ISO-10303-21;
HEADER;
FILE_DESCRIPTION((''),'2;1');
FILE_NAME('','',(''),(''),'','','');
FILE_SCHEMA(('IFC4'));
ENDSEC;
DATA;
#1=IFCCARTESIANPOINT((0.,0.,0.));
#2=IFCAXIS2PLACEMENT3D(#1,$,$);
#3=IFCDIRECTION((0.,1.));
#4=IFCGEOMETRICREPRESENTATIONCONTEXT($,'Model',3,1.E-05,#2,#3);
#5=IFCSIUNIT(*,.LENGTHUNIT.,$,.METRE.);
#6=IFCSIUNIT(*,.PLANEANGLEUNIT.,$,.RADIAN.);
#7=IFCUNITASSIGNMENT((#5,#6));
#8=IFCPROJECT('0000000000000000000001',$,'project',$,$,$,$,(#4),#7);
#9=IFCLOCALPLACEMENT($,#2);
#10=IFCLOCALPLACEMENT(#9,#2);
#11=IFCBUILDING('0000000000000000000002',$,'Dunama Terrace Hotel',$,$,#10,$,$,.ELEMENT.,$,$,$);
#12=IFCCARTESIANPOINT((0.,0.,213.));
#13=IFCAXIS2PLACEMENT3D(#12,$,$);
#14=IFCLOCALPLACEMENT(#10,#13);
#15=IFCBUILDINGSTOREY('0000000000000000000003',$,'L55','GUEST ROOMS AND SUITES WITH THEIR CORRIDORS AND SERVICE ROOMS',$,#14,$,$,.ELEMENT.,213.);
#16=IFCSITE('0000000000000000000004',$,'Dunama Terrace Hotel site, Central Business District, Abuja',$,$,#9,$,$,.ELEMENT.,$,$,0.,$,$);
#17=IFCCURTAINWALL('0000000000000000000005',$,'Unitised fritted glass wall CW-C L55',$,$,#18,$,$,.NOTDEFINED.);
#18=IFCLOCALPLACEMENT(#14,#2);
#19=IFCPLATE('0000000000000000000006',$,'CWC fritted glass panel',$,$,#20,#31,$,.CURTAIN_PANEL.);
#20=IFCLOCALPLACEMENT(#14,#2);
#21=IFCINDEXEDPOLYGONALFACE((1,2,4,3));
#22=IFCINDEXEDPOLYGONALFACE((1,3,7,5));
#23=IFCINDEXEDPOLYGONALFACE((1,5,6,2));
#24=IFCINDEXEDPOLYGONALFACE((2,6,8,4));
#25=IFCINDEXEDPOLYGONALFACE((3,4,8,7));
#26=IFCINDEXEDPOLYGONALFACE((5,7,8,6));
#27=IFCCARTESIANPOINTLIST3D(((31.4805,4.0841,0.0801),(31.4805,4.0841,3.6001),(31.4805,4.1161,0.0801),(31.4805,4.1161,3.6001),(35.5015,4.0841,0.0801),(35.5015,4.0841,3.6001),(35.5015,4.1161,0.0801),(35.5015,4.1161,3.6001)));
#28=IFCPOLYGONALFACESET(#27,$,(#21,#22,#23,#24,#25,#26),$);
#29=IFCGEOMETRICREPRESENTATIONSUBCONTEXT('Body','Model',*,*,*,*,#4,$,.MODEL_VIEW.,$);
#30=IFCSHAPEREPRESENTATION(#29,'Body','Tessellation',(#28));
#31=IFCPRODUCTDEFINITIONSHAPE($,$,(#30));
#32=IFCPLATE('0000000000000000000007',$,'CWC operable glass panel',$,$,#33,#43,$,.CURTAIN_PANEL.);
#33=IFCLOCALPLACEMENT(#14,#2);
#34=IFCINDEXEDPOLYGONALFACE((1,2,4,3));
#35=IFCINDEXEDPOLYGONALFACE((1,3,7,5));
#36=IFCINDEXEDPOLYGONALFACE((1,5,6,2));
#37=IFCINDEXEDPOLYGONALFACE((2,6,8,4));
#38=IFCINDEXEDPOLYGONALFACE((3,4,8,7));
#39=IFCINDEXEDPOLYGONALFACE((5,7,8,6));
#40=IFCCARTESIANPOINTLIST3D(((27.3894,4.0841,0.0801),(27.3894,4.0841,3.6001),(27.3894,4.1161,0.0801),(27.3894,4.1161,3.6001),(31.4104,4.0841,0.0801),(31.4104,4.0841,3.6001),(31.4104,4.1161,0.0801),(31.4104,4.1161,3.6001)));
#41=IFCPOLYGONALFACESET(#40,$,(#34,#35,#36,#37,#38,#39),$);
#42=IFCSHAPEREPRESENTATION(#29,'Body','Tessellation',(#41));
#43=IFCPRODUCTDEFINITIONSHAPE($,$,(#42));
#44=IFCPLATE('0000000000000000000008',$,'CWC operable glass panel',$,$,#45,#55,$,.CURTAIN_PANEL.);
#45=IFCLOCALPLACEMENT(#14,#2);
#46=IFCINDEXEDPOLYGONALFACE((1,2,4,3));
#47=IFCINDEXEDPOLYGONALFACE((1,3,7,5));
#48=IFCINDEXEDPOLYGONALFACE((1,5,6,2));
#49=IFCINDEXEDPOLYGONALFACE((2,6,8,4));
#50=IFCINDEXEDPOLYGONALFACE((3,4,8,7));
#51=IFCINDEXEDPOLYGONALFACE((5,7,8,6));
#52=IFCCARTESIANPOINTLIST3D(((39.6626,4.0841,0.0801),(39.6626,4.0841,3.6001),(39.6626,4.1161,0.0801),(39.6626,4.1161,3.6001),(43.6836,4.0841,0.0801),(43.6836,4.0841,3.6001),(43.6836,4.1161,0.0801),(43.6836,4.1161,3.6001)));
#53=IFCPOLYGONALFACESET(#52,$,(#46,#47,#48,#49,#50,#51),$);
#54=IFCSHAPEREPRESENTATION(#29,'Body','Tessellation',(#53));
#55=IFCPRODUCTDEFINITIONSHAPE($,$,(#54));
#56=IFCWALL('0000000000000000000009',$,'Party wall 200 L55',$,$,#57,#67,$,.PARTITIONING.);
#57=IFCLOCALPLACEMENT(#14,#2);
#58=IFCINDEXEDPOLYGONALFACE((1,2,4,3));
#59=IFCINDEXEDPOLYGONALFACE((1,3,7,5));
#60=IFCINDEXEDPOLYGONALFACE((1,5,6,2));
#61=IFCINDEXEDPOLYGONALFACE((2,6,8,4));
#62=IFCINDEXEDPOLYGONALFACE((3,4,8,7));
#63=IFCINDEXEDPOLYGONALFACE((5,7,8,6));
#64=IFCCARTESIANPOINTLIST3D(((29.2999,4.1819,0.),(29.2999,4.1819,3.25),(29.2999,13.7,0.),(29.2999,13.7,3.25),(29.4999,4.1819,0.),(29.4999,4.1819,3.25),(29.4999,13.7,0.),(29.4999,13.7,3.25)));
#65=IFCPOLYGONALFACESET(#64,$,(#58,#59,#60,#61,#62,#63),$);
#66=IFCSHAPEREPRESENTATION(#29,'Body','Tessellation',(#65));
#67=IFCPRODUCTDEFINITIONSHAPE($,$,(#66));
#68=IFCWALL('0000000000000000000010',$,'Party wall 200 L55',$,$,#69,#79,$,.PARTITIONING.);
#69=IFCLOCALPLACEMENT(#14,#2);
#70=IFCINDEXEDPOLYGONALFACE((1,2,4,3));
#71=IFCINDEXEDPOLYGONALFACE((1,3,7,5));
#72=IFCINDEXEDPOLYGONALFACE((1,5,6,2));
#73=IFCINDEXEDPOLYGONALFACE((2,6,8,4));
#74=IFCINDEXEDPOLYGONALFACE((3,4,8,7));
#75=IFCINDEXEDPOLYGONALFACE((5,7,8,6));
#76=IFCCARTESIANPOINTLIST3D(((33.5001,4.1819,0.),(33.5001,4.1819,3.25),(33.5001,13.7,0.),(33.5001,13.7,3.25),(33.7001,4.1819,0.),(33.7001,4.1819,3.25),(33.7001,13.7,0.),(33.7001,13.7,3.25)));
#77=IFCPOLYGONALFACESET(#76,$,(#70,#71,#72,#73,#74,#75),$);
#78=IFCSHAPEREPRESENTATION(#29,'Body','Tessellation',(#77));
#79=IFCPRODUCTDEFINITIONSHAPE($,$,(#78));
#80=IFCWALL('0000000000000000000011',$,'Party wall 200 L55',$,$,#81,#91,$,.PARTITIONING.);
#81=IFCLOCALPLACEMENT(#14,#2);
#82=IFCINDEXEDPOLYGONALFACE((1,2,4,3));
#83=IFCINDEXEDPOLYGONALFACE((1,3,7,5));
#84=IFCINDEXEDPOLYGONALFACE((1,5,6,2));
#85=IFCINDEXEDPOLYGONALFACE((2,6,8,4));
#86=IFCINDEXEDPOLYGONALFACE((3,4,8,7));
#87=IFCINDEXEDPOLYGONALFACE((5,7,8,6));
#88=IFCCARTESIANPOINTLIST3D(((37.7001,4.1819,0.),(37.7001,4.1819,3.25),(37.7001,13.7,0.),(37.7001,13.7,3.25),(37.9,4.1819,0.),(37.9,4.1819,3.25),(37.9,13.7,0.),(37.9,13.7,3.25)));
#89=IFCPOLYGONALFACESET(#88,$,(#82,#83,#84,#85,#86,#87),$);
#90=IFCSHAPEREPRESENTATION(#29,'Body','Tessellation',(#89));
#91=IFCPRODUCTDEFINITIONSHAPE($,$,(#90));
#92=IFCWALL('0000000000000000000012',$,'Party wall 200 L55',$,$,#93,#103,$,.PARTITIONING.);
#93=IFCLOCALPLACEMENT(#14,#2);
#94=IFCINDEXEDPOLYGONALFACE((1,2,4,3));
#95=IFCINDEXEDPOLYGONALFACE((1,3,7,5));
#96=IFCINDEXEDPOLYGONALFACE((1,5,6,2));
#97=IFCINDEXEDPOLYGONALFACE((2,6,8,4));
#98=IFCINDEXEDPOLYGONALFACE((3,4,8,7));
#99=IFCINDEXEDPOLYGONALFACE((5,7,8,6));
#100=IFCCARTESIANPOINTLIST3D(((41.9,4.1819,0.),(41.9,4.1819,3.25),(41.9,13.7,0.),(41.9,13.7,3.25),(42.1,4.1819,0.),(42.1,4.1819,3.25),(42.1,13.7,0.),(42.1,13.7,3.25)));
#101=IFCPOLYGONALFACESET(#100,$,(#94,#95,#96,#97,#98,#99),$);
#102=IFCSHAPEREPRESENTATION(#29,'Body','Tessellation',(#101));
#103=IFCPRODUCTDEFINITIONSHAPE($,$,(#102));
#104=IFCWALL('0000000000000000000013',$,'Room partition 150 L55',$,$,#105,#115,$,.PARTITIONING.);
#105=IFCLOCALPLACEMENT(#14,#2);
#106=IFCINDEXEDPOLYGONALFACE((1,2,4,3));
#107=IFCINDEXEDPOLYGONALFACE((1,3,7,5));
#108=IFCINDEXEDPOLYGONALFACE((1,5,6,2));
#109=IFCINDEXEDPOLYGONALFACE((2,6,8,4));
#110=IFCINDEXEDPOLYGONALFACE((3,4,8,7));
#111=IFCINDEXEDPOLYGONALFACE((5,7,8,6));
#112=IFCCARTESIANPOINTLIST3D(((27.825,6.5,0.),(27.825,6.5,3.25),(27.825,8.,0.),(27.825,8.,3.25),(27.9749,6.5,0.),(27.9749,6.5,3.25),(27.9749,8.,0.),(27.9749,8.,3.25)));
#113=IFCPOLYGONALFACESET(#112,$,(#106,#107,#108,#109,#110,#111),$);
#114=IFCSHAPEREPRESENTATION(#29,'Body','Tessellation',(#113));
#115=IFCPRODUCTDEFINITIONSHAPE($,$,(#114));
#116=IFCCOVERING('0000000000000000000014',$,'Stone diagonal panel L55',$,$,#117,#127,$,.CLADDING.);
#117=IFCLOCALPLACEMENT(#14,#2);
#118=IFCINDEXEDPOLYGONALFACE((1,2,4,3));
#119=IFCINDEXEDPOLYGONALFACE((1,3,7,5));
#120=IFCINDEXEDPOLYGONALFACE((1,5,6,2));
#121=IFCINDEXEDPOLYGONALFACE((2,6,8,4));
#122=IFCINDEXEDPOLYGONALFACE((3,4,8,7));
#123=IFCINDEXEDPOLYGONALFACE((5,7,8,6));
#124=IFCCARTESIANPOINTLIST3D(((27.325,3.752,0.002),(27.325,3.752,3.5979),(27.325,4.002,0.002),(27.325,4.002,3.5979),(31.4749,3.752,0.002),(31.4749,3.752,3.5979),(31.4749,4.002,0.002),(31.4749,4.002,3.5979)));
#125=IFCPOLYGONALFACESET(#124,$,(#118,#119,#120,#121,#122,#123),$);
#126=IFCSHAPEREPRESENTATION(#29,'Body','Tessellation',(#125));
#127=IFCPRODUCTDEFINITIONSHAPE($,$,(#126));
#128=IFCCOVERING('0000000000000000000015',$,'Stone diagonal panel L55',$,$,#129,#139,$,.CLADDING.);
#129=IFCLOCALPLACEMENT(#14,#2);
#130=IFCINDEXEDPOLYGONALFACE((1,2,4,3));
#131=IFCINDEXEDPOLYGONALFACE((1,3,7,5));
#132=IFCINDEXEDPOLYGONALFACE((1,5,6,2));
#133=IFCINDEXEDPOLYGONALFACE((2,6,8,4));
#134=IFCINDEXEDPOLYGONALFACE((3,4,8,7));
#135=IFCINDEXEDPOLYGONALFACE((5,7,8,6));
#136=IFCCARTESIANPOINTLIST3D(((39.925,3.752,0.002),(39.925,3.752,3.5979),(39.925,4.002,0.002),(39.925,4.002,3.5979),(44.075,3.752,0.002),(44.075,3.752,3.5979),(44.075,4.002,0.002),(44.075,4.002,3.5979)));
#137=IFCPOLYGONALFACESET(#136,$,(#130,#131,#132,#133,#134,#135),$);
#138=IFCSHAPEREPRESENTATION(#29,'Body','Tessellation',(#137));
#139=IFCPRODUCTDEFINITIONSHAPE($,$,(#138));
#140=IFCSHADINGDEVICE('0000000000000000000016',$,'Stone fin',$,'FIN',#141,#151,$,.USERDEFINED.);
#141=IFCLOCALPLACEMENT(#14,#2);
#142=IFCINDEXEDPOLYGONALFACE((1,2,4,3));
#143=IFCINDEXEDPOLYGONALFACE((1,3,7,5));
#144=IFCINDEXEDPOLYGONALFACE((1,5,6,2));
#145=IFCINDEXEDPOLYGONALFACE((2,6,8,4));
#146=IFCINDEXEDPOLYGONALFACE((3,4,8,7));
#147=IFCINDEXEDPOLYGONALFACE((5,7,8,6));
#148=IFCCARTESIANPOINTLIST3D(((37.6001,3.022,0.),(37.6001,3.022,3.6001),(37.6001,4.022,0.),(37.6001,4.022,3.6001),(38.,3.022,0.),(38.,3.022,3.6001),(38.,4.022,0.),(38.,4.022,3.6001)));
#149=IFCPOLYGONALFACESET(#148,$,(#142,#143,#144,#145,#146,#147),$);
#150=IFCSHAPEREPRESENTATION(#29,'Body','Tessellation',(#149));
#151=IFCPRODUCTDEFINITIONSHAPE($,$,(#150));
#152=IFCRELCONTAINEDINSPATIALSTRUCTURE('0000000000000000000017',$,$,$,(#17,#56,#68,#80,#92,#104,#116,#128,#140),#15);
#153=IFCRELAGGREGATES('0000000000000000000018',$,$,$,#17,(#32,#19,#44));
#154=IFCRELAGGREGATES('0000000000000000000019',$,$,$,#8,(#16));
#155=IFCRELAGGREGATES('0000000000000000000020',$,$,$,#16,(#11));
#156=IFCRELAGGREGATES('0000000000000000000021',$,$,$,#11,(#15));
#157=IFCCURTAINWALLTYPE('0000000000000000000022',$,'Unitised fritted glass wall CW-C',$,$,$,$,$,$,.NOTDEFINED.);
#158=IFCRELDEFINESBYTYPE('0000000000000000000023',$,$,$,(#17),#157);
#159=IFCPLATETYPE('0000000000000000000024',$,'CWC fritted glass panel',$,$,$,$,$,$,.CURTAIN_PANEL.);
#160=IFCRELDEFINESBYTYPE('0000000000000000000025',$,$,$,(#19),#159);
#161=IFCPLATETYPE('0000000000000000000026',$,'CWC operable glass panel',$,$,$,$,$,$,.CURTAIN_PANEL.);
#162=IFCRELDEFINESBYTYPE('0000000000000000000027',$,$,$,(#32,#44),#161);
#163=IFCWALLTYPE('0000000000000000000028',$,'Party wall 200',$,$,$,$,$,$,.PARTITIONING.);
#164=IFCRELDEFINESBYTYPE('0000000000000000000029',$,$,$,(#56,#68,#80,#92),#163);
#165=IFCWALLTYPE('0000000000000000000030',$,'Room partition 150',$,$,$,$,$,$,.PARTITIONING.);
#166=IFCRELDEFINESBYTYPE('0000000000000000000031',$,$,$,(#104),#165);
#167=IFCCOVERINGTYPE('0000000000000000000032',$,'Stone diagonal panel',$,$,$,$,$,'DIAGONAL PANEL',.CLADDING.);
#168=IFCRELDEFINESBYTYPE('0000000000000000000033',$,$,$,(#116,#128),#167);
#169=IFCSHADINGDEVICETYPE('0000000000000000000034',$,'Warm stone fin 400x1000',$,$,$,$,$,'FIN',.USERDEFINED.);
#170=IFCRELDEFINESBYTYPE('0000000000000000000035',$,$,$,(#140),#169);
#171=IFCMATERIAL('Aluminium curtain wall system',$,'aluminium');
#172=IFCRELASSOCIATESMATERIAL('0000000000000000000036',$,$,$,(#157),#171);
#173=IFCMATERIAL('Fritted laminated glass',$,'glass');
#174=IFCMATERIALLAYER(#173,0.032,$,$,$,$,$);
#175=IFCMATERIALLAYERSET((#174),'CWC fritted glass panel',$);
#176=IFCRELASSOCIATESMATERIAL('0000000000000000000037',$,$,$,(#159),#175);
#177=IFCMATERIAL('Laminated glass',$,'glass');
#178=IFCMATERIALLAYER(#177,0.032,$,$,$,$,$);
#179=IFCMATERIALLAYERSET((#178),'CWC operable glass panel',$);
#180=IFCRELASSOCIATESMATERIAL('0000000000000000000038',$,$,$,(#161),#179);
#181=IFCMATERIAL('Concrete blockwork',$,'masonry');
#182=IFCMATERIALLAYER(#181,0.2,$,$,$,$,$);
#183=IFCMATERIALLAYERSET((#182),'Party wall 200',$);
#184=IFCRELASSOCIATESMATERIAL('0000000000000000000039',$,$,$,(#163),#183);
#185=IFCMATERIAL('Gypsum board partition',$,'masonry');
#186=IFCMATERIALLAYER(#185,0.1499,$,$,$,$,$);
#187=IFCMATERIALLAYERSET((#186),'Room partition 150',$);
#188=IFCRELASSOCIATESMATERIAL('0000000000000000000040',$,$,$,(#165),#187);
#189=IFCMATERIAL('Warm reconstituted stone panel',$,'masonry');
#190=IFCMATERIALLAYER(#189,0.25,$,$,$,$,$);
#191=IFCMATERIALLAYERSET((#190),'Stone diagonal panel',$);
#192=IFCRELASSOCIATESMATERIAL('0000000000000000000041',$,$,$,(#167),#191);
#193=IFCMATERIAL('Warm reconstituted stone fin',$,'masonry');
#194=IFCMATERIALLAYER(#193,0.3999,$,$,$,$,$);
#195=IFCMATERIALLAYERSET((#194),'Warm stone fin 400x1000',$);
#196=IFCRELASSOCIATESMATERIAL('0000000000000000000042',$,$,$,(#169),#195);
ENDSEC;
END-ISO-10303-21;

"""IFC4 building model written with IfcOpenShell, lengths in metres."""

from ifc_helpers import new_model, si_unit, direction, frame, frame_2d, origin, origin_2d, place, context, subcontext, project, spatial, rectangle, extrude, material, layer, layer_set, type_object, element, aggregate, save


model = new_model("IFC4")

# Units and contexts
model_context = context("Model", 3, precision=1e-05, world=origin(), true_north=direction((0.0, 1.0)))
body_context = subcontext(model_context, "Body", "Model", "MODEL_VIEW")
ifc_project = project(units=[si_unit("LENGTHUNIT", "METRE"), si_unit("PLANEANGLEUNIT", "RADIAN")], contexts=[model_context])

# Site, building, storey
site_placement = place(None, origin())
site = spatial("IfcSite", under=ifc_project, at=site_placement, Name="Dunama Terrace Hotel site, Central Business District, Abuja", CompositionType="ELEMENT", RefElevation=0.0)
building_placement = place(site_placement, origin())
building = spatial("IfcBuilding", under=site, at=building_placement, Name="Dunama Terrace Hotel", CompositionType="ELEMENT")
storey_placement = place(building_placement, frame((0.0, 0.0, 213.0)))
storey = spatial("IfcBuildingStorey", under=building, at=storey_placement, Name="L55", Description="GUEST ROOMS AND SUITES WITH THEIR CORRIDORS AND SERVICE ROOMS", CompositionType="ELEMENT", Elevation=213.0)

# Curtain wall
ifc_material_1 = material(Name="Aluminium curtain wall system", Category="aluminium")
curtain_wall_type = type_object("IfcCurtainWallType", Name="Unitised fritted glass wall CW-C", PredefinedType="NOTDEFINED", material=ifc_material_1)
curtain_wall_placement = place(storey_placement, origin())
curtain_wall = element("IfcCurtainWall", 1, at=curtain_wall_placement, inside=storey, type_object=curtain_wall_type, Name="Unitised fritted glass wall CW-C L55", PredefinedType="NOTDEFINED")

# Plates
ifc_material_2 = material(Name="Fritted laminated glass", Category="glass")
ifc_layer_1 = layer(ifc_material_2, 0.032)
ifc_layer_set_1 = layer_set([ifc_layer_1], Name="CWC fritted glass panel")
plate_type_1 = type_object("IfcPlateType", Name="CWC fritted glass panel", PredefinedType="CURTAIN_PANEL", material=ifc_layer_set_1)
plate_1_placement = place(storey_placement, frame((33.491, 4.1001, 0.0801), z_axis=(0.0, 0.0, 1.0), x_axis=(1.0, 0.0, 0.0)))
plate_1 = element("IfcPlate", 2, at=plate_1_placement, type_object=plate_type_1, Name="CWC fritted glass panel", PredefinedType="CURTAIN_PANEL", context=body_context, shape_type="SweptSolid", body=[
    extrude(rectangle(XDim=4.021, YDim=0.032, at=origin_2d()), origin(), (0.0, 0.0, 1.0), 3.52),
])
ifc_material_3 = material(Name="Laminated glass", Category="glass")
ifc_layer_2 = layer(ifc_material_3, 0.032)
ifc_layer_set_2 = layer_set([ifc_layer_2], Name="CWC operable glass panel")
plate_type_2 = type_object("IfcPlateType", Name="CWC operable glass panel", PredefinedType="CURTAIN_PANEL", material=ifc_layer_set_2)
plate_2_placement = place(storey_placement, frame((29.3999, 4.1001, 0.0801), z_axis=(0.0, 0.0, 1.0), x_axis=(1.0, 0.0, 0.0)))
plate_2 = element("IfcPlate", 3, at=plate_2_placement, type_object=plate_type_2, Name="CWC operable glass panel", PredefinedType="CURTAIN_PANEL", context=body_context, shape_type="SweptSolid", body=[
    extrude(rectangle(XDim=4.021, YDim=0.032, at=origin_2d()), origin(), (0.0, 0.0, 1.0), 3.52),
])
plate_3_placement = place(storey_placement, frame((41.6731, 4.1001, 0.0801), z_axis=(0.0, 0.0, 1.0), x_axis=(1.0, 0.0, 0.0)))
plate_3 = element("IfcPlate", 4, at=plate_3_placement, type_object=plate_type_2, Name="CWC operable glass panel", PredefinedType="CURTAIN_PANEL", context=body_context, shape_type="SweptSolid", body=[
    extrude(rectangle(XDim=4.021, YDim=0.032, at=origin_2d()), origin(), (0.0, 0.0, 1.0), 3.52),
])
aggregate(curtain_wall, [plate_2, plate_1, plate_3])

# Walls
ifc_material_4 = material(Name="Concrete blockwork", Category="masonry")
ifc_layer_3 = layer(ifc_material_4, 0.2)
ifc_layer_set_3 = layer_set([ifc_layer_3], Name="Party wall 200")
wall_type_1 = type_object("IfcWallType", Name="Party wall 200", PredefinedType="PARTITIONING", material=ifc_layer_set_3)
for number, where, z_axis, x_axis, name in (
    (5, (29.3999, 4.1819, 0.0), (0.0, 0.0, 1.0), (0.0, 1.0, 0.0), "Party wall 200 L55"),
    (6, (33.6001, 4.1819, 0.0), (0.0, 0.0, 1.0), (0.0, 1.0, 0.0), "Party wall 200 L55"),
    (7, (37.8, 4.1819, 0.0), (0.0, 0.0, 1.0), (0.0, 1.0, 0.0), "Party wall 200 L55"),
    (8, (42.0, 4.1819, 0.0), (0.0, 0.0, 1.0), (0.0, 1.0, 0.0), "Party wall 200 L55"),
):
    element("IfcWall", number, at=place(storey_placement, frame(where, z_axis=z_axis, x_axis=x_axis)), inside=storey, type_object=wall_type_1, Name=name, PredefinedType="PARTITIONING", context=body_context, shape_type="SweptSolid", body=[
        extrude(rectangle(XDim=9.5181, YDim=0.2, at=frame_2d((4.759, 0.0))), origin(), (0.0, 0.0, 1.0), 3.25),
    ])
ifc_material_5 = material(Name="Gypsum board partition", Category="masonry")
ifc_layer_4 = layer(ifc_material_5, 0.1499)
ifc_layer_set_4 = layer_set([ifc_layer_4], Name="Room partition 150")
wall_type_2 = type_object("IfcWallType", Name="Room partition 150", PredefinedType="PARTITIONING", material=ifc_layer_set_4)
wall_placement = place(storey_placement, frame((27.8999, 6.5, 0.0), z_axis=(0.0, 0.0, 1.0), x_axis=(0.0, 1.0, 0.0)))
element("IfcWall", 9, at=wall_placement, inside=storey, type_object=wall_type_2, Name="Room partition 150 L55", PredefinedType="PARTITIONING", context=body_context, shape_type="SweptSolid", body=[
    extrude(rectangle(XDim=1.5, YDim=0.1499, at=frame_2d((0.75, 0.0))), origin(), (0.0, 0.0, 1.0), 3.25),
])

# Coverings
ifc_material_6 = material(Name="Warm reconstituted stone panel", Category="masonry")
ifc_layer_5 = layer(ifc_material_6, 0.25)
ifc_layer_set_5 = layer_set([ifc_layer_5], Name="Stone diagonal panel")
covering_type = type_object("IfcCoveringType", Name="Stone diagonal panel", ElementType="DIAGONAL PANEL", PredefinedType="CLADDING", material=ifc_layer_set_5)
for number, where, z_axis, x_axis, name in (
    (10, (29.3999, 3.877, 0.002), (0.0, 0.0, 1.0), (1.0, 0.0, 0.0), "Stone diagonal panel L55"),
    (11, (42.0, 3.877, 0.002), (0.0, 0.0, 1.0), (1.0, 0.0, 0.0), "Stone diagonal panel L55"),
):
    element("IfcCovering", number, at=place(storey_placement, frame(where, z_axis=z_axis, x_axis=x_axis)), inside=storey, type_object=covering_type, Name=name, PredefinedType="CLADDING", context=body_context, shape_type="SweptSolid", body=[
        extrude(rectangle(XDim=4.1499, YDim=0.25, at=origin_2d()), origin(), (0.0, 0.0, 1.0), 3.5959),
    ])

# Shading device
ifc_material_7 = material(Name="Warm reconstituted stone fin", Category="masonry")
ifc_layer_6 = layer(ifc_material_7, 0.3999)
ifc_layer_set_6 = layer_set([ifc_layer_6], Name="Warm stone fin 400x1000")
shading_device_type = type_object("IfcShadingDeviceType", Name="Warm stone fin 400x1000", ElementType="FIN", PredefinedType="USERDEFINED", material=ifc_layer_set_6)
shading_device_placement = place(storey_placement, frame((37.8, 3.522, 0.0), z_axis=(0.0, 0.0, 1.0), x_axis=(1.0, 0.0, 0.0)))
element("IfcShadingDevice", 12, at=shading_device_placement, inside=storey, type_object=shading_device_type, Name="Stone fin", ObjectType="FIN", PredefinedType="USERDEFINED", context=body_context, shape_type="SweptSolid", body=[
    extrude(rectangle(XDim=0.3999, YDim=1.0, at=origin_2d()), origin(), (0.0, 0.0, 1.0), 3.6001),
])

save(model, "model.ifc")
